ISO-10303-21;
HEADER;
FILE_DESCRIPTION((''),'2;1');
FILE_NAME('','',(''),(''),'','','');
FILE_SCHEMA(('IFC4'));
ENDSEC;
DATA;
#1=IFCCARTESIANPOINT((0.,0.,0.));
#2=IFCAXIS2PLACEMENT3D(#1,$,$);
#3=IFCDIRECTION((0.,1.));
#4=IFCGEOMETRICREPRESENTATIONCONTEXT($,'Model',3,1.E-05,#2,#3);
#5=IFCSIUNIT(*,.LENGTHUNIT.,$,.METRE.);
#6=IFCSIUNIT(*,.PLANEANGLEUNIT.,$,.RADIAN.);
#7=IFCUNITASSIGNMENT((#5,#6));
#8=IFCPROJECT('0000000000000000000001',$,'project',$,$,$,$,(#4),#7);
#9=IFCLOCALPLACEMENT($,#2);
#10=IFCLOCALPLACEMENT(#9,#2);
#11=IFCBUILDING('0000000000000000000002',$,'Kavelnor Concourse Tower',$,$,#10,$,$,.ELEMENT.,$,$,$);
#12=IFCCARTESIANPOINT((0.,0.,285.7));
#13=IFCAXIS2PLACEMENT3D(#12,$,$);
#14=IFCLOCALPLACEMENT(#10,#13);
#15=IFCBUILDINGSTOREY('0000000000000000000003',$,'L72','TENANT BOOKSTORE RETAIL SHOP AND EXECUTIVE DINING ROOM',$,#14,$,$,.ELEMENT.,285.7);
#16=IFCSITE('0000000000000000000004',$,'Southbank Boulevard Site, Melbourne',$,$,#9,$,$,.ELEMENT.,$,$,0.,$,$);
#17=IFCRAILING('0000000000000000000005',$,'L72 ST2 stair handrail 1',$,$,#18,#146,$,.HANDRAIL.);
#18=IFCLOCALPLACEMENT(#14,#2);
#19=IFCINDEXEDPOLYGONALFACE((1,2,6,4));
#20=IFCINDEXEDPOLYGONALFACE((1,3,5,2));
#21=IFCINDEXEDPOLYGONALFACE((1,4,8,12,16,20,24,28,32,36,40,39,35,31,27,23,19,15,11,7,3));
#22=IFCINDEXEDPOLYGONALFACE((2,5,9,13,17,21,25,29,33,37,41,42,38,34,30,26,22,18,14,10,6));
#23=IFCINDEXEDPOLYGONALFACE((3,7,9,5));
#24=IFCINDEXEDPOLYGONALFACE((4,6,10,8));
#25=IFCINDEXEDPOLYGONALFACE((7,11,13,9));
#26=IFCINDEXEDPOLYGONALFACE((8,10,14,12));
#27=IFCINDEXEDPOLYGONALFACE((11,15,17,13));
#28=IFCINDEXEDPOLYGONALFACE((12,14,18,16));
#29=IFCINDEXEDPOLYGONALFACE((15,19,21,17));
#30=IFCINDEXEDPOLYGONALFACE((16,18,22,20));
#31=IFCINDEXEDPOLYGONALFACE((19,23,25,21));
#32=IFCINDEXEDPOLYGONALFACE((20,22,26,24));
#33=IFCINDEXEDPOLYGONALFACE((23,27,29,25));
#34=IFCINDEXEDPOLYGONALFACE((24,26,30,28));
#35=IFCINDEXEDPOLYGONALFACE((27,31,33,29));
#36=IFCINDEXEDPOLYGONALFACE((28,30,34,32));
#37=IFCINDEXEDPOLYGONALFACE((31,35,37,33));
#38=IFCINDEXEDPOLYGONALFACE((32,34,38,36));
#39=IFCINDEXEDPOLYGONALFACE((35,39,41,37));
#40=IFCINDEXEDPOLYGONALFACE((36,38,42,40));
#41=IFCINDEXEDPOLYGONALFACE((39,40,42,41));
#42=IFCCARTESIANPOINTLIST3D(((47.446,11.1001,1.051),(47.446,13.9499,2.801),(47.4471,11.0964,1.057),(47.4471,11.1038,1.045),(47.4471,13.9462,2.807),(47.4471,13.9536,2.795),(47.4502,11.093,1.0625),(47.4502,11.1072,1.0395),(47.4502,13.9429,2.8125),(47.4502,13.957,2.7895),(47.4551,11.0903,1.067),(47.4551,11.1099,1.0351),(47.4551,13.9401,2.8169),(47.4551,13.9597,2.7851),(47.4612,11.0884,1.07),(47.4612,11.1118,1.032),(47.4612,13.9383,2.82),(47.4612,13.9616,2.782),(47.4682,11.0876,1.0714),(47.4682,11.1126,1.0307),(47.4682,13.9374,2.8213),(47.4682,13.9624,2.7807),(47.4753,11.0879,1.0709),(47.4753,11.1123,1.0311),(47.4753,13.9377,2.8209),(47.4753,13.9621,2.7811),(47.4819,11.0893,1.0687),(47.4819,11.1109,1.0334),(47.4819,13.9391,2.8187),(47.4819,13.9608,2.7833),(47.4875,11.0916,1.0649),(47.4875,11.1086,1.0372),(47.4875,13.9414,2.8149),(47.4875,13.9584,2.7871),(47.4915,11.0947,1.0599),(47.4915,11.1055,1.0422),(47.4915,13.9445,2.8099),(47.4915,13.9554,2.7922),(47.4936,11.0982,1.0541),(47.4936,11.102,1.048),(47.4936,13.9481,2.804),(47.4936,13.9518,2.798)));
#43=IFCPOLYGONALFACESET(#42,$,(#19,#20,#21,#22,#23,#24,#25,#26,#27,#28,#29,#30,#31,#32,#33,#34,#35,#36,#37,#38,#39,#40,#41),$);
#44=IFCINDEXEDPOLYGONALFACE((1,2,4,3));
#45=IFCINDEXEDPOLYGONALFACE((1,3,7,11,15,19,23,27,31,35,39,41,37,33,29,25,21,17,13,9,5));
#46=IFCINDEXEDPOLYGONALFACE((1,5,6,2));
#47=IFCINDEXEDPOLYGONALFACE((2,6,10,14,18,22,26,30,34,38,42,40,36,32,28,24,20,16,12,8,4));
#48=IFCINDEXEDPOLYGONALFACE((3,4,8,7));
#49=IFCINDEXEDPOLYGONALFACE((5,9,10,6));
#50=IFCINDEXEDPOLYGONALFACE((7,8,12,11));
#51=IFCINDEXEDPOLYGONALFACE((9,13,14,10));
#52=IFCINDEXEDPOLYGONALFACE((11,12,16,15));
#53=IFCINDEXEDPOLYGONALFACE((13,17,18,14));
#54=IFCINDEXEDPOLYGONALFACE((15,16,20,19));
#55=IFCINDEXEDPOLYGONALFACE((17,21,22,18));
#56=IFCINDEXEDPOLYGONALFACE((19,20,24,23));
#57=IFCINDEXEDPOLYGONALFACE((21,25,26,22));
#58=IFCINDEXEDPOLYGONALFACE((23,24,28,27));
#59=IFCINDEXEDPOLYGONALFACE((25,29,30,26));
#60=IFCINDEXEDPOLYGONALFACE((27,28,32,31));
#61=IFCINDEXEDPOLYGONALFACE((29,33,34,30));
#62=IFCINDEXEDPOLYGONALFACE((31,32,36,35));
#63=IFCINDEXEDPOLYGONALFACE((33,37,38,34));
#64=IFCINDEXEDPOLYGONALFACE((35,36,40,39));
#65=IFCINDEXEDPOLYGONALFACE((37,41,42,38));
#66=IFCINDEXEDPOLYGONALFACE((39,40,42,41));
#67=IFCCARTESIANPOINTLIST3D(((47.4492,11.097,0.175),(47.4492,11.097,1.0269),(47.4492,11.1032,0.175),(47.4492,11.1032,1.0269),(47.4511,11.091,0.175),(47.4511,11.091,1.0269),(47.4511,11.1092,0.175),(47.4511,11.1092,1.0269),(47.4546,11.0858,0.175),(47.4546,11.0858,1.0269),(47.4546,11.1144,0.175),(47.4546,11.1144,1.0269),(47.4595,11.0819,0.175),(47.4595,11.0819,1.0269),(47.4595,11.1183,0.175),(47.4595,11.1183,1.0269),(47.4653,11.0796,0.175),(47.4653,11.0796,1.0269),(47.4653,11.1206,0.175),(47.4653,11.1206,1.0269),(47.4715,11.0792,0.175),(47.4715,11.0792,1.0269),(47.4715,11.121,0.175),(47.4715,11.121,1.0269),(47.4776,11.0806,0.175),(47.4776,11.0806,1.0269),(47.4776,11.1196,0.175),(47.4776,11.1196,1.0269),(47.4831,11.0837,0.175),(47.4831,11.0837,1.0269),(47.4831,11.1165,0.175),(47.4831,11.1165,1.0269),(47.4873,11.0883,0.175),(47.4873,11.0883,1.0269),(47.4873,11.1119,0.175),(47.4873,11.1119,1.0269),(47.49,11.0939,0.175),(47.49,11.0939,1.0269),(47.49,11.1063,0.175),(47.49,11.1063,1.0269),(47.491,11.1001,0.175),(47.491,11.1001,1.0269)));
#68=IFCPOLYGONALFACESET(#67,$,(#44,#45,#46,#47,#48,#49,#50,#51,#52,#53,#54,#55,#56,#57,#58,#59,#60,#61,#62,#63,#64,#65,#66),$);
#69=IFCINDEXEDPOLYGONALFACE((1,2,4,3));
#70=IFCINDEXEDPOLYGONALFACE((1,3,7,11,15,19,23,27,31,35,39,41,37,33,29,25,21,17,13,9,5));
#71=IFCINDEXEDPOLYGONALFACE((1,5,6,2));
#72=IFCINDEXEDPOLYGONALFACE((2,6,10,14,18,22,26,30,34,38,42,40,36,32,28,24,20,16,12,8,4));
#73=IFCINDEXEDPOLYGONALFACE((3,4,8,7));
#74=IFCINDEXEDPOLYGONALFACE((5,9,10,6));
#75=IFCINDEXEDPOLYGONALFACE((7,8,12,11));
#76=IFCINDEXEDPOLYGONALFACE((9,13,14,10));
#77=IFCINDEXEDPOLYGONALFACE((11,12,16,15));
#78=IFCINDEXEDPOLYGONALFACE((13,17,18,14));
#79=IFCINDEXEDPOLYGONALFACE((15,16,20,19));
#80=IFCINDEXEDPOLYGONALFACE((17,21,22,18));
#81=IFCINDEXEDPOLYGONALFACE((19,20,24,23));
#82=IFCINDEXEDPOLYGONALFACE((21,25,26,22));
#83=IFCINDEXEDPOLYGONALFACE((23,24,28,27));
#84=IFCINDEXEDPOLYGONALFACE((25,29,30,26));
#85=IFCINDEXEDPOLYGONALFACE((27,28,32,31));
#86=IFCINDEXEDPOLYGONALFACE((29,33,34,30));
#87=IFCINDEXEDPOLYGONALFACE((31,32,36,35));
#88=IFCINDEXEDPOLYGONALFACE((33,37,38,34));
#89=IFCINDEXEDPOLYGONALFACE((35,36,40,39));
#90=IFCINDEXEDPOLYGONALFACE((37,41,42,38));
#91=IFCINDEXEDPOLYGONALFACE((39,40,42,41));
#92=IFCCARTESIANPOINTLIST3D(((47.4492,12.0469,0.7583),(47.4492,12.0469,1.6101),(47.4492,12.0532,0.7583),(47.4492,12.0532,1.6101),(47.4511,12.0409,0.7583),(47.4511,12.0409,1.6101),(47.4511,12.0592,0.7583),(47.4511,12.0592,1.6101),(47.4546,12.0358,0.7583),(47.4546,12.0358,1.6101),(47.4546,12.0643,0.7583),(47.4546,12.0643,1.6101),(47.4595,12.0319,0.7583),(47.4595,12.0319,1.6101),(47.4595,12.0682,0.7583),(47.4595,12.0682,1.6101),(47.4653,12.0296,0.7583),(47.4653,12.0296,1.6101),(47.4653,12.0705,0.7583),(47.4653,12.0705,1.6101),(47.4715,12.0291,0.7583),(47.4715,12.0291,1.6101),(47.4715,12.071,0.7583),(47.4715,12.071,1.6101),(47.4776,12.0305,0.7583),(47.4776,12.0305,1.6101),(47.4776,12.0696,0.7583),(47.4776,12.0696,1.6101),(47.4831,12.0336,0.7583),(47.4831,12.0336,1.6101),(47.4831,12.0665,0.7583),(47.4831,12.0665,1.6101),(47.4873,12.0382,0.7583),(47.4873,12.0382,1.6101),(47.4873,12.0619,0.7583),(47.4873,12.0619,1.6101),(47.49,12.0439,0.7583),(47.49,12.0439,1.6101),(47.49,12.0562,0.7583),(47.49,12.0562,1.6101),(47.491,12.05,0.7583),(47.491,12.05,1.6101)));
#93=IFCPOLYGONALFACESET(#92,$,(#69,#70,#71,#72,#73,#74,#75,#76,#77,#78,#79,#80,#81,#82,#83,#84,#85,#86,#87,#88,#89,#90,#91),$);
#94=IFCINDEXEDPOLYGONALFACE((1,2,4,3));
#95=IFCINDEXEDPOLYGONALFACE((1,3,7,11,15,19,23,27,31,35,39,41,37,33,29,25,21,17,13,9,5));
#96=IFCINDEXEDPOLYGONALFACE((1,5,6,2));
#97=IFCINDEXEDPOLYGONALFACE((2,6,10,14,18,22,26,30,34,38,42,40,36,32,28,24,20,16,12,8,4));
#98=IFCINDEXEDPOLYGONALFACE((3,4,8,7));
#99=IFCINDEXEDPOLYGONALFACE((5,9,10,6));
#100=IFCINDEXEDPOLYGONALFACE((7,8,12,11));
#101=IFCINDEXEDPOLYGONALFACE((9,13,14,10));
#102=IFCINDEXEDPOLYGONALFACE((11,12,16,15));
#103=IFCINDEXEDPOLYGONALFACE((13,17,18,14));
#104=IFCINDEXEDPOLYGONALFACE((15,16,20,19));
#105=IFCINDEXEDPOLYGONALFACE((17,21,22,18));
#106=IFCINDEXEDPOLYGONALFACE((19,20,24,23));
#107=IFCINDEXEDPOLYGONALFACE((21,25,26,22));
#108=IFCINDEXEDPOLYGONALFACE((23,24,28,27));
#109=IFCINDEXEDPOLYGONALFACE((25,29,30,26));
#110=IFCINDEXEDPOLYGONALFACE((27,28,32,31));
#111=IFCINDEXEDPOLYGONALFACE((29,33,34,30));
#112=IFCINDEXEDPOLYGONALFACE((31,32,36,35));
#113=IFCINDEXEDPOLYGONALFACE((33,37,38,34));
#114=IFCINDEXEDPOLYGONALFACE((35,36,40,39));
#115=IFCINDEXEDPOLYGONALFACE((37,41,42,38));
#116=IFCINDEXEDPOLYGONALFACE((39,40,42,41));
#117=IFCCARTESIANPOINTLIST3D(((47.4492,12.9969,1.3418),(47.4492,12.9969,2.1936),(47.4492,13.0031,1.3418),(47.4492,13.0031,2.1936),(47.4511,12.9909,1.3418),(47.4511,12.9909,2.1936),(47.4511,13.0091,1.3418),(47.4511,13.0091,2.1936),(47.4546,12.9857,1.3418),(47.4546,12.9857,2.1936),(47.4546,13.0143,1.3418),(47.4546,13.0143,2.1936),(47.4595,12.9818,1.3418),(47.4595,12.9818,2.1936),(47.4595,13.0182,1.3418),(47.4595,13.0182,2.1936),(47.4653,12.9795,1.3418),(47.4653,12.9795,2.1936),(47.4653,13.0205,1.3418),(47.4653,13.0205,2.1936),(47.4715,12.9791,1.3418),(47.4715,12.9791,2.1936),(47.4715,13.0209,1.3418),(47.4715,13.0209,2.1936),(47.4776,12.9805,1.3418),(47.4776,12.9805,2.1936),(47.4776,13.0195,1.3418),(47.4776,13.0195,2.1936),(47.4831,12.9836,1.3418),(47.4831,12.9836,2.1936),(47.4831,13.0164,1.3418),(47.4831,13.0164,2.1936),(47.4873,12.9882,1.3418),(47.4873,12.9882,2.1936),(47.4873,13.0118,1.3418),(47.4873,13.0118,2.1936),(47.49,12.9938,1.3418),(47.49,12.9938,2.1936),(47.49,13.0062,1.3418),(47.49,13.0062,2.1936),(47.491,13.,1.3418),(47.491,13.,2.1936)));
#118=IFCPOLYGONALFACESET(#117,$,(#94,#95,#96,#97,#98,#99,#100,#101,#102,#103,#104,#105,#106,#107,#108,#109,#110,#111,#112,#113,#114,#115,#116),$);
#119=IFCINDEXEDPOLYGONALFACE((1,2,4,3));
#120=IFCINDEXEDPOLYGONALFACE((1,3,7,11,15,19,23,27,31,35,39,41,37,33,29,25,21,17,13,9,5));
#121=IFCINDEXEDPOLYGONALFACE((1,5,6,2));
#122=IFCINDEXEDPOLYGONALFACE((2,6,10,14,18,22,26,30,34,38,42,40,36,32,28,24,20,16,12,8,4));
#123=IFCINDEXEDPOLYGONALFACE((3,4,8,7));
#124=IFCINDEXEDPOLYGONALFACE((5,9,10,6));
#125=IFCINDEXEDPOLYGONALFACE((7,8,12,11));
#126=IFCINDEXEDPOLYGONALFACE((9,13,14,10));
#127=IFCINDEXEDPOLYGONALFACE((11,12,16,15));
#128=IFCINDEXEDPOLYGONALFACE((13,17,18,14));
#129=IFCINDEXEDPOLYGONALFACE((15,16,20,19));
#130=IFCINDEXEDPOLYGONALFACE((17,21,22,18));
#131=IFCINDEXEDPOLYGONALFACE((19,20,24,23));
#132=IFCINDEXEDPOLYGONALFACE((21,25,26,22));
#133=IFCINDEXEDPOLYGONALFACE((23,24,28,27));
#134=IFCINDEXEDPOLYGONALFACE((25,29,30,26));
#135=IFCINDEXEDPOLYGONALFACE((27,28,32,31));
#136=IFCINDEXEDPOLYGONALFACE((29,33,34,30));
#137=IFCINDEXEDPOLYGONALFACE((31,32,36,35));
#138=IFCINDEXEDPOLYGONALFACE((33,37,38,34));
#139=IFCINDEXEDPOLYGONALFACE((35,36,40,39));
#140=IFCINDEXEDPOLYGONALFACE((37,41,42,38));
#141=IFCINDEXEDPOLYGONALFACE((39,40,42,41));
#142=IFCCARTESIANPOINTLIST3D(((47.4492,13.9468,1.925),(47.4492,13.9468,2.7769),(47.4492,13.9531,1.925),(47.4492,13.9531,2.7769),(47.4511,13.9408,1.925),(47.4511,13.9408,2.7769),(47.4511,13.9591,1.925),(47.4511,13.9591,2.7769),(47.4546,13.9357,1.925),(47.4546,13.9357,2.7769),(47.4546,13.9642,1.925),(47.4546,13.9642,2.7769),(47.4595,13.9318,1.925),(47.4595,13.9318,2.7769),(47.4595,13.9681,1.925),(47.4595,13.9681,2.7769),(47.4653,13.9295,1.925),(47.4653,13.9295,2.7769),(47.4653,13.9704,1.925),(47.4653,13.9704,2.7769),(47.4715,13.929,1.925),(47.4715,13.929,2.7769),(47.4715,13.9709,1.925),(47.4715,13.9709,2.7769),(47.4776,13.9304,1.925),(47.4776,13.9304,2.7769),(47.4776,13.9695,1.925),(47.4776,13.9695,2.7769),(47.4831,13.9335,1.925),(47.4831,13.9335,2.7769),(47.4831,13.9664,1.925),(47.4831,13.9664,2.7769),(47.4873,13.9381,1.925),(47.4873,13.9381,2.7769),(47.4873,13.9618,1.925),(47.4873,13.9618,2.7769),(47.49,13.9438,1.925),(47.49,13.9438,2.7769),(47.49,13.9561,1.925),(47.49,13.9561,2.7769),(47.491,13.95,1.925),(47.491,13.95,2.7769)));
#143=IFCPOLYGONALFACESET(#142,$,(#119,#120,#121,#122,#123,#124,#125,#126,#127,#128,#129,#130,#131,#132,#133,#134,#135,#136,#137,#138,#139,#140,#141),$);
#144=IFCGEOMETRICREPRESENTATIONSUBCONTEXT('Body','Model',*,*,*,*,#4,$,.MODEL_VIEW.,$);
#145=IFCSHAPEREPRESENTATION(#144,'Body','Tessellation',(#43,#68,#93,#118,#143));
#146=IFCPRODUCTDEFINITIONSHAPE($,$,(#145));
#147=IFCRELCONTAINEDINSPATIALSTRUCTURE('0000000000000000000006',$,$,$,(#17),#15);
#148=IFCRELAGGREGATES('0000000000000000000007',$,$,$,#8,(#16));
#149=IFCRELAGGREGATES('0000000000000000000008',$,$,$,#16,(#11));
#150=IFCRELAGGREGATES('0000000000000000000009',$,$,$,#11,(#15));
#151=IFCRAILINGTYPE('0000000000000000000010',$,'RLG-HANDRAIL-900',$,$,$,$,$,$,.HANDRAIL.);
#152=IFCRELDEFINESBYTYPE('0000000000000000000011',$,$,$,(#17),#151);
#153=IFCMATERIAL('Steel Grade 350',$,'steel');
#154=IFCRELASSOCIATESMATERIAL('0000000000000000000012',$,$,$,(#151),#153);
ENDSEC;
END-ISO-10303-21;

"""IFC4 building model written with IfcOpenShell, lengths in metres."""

from ifc_helpers import new_model, si_unit, direction, frame, origin, origin_2d, place, context, subcontext, project, spatial, circle, extrude, material, type_object, element, save


model = new_model("IFC4")

# Units and contexts
model_context = context("Model", 3, precision=1e-05, world=origin(), true_north=direction((0.0, 1.0)))
body_context = subcontext(model_context, "Body", "Model", "MODEL_VIEW")
ifc_project = project(units=[si_unit("LENGTHUNIT", "METRE"), si_unit("PLANEANGLEUNIT", "RADIAN")], contexts=[model_context])

# Site, building, storey
site_placement = place(None, origin())
site = spatial("IfcSite", under=ifc_project, at=site_placement, Name="Southbank Boulevard Site, Melbourne", CompositionType="ELEMENT", RefElevation=0.0)
building_placement = place(site_placement, origin())
building = spatial("IfcBuilding", under=site, at=building_placement, Name="Kavelnor Concourse Tower", CompositionType="ELEMENT")
storey_placement = place(building_placement, frame((0.0, 0.0, 285.7)))
storey = spatial("IfcBuildingStorey", under=building, at=storey_placement, Name="L72", Description="TENANT BOOKSTORE RETAIL SHOP AND EXECUTIVE DINING ROOM", CompositionType="ELEMENT", Elevation=285.7)

# Shared definitions
ifc_material_1 = material(Name="Steel Grade 350", Category="steel")

# Railing
railing_type = type_object("IfcRailingType", Name="RLG-HANDRAIL-900", PredefinedType="HANDRAIL", material=ifc_material_1)
railing_placement = place(storey_placement, frame((47.47, 11.1001, 0.175)))
element("IfcRailing", 1, at=railing_placement, inside=storey, type_object=railing_type, Name="L72 ST2 stair handrail 1", PredefinedType="HANDRAIL", context=body_context, shape_type="SweptSolid", body=[
    extrude(circle(Radius=0.0239, at=origin_2d()), frame((0.0, 0.0, 0.876), z_axis=(0.0, 0.852159, 0.523283), x_axis=(-1.0, 0.0, 0.0)), (0.0, 0.0, 1.0), 3.3442),
    extrude(circle(Radius=0.021, at=origin_2d()), origin(), (0.0, 0.0, 1.0), 0.8518),
    extrude(circle(Radius=0.021, at=origin_2d()), frame((0.0, 0.95, 0.5833)), (0.0, 0.0, 1.0), 0.8518),
    extrude(circle(Radius=0.021, at=origin_2d()), frame((0.0, 1.8999, 1.1667)), (0.0, 0.0, 1.0), 0.8518),
    extrude(circle(Radius=0.021, at=origin_2d()), frame((0.0, 2.8499, 1.75)), (0.0, 0.0, 1.0), 0.8518),
])

save(model, "model.ifc")
